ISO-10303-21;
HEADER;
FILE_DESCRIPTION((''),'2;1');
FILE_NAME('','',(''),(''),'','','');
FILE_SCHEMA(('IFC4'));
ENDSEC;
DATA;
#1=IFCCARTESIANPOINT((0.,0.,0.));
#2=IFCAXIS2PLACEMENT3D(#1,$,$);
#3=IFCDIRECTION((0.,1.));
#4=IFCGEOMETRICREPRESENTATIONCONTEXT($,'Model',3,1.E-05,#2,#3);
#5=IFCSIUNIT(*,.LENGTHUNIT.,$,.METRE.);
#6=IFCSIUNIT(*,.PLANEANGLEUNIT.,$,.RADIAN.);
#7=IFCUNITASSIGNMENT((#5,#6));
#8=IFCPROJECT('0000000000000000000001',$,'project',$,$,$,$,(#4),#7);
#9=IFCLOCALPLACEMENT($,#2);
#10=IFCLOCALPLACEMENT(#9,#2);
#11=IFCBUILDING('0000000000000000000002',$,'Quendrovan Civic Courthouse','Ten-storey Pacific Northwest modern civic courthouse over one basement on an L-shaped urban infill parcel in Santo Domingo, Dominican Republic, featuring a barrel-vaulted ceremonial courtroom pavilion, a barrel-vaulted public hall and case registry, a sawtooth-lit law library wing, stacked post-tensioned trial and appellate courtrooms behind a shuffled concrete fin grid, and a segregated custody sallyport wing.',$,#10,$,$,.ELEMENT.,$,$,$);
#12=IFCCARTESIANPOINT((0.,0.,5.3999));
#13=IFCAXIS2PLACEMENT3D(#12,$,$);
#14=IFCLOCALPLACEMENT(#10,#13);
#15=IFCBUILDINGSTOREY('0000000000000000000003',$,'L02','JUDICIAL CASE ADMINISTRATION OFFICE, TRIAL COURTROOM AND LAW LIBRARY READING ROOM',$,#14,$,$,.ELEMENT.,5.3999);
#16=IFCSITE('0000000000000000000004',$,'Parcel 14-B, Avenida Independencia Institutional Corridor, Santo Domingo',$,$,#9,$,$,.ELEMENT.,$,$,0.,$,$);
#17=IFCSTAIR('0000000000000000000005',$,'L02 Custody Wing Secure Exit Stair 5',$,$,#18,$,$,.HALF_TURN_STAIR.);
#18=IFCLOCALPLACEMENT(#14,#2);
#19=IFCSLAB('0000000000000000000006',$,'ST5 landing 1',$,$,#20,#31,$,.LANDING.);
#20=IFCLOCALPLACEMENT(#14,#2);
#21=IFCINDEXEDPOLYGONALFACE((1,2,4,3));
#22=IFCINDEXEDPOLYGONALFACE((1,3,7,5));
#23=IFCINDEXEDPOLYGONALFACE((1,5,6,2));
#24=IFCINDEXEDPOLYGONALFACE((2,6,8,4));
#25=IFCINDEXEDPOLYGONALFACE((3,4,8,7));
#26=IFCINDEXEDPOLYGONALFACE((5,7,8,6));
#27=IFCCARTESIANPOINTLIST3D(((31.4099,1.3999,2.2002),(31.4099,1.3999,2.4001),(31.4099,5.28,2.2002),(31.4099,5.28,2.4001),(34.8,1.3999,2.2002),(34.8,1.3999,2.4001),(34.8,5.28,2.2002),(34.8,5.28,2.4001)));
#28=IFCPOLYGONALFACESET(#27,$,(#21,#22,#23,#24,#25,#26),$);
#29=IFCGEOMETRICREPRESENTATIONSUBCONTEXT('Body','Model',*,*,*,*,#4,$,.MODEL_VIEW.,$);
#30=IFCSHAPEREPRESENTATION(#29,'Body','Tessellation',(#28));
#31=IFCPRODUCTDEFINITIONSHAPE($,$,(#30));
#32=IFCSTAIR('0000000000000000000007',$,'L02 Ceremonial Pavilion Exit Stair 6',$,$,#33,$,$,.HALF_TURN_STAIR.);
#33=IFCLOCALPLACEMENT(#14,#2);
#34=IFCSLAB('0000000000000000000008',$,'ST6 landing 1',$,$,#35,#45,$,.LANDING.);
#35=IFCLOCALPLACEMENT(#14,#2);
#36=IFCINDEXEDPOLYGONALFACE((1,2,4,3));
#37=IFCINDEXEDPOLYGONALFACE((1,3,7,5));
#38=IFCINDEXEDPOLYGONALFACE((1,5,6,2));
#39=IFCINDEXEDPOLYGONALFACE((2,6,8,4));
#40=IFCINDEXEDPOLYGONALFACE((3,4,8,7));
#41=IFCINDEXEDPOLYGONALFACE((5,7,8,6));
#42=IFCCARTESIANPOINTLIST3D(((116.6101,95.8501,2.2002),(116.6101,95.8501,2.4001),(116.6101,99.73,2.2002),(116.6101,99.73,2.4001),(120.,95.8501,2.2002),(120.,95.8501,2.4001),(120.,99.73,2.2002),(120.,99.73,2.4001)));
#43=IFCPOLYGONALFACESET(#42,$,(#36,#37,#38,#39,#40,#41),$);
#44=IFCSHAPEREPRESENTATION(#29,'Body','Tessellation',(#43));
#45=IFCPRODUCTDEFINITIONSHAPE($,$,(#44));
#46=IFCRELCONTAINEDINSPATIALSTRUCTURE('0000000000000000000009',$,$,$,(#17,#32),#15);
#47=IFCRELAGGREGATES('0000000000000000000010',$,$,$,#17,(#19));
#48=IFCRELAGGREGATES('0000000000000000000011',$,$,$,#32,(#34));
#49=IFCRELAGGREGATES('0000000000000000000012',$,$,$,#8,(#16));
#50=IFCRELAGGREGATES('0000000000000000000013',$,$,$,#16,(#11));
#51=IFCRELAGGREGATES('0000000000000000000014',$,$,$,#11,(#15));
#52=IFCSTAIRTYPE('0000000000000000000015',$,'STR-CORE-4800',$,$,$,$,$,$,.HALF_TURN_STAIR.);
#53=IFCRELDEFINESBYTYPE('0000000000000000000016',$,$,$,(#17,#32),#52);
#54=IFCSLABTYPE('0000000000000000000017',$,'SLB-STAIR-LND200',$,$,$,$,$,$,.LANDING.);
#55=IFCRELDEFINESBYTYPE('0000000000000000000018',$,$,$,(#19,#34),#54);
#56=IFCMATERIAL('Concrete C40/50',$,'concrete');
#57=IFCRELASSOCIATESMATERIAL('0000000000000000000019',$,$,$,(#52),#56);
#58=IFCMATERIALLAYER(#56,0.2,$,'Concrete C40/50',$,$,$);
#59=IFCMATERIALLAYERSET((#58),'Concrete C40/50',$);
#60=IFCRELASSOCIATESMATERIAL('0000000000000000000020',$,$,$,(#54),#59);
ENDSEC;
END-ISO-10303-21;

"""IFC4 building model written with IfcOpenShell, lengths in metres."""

from ifc_helpers import new_model, si_unit, direction, frame, origin, place, context, subcontext, project, spatial, polyline, outline, extrude, material, layer, layer_set, type_object, element, aggregate, save


model = new_model("IFC4")

# Units and contexts
model_context = context("Model", 3, precision=1e-05, world=origin(), true_north=direction((0.0, 1.0)))
body_context = subcontext(model_context, "Body", "Model", "MODEL_VIEW")
ifc_project = project(units=[si_unit("LENGTHUNIT", "METRE"), si_unit("PLANEANGLEUNIT", "RADIAN")], contexts=[model_context])

# Site, building, storey
site_placement = place(None, origin())
site = spatial("IfcSite", under=ifc_project, at=site_placement, Name="Parcel 14-B, Avenida Independencia Institutional Corridor, Santo Domingo", CompositionType="ELEMENT", RefElevation=0.0)
building_placement = place(site_placement, origin())
building = spatial("IfcBuilding", under=site, at=building_placement, Name="Quendrovan Civic Courthouse", Description="Ten-storey Pacific Northwest modern civic courthouse over one basement on an L-shaped urban infill parcel in Santo Domingo, Dominican Republic, featuring a barrel-vaulted ceremonial courtroom pavilion, a barrel-vaulted public hall and case registry, a sawtooth-lit law library wing, stacked post-tensioned trial and appellate courtrooms behind a shuffled concrete fin grid, and a segregated custody sallyport wing.", CompositionType="ELEMENT")
storey_placement = place(building_placement, frame((0.0, 0.0, 5.3999)))
storey = spatial("IfcBuildingStorey", under=building, at=storey_placement, Name="L02", Description="JUDICIAL CASE ADMINISTRATION OFFICE, TRIAL COURTROOM AND LAW LIBRARY READING ROOM", CompositionType="ELEMENT", Elevation=5.3999)

# Shared definitions
ifc_material_1 = material(Name="Concrete C40/50", Category="concrete")

# Stairs, slabs
stair_type = type_object("IfcStairType", Name="STR-CORE-4800", PredefinedType="HALF_TURN_STAIR", material=ifc_material_1)
ifc_layer_1 = layer(ifc_material_1, 0.2, Name="Concrete C40/50")
ifc_layer_set_1 = layer_set([ifc_layer_1], Name="Concrete C40/50")
slab_type_1 = type_object("IfcSlabType", Name="SLB-STAIR-LND200", PredefinedType="LANDING", material=ifc_layer_set_1)
stair_1_placement = place(storey_placement, origin())
stair_1 = element("IfcStair", 1, at=stair_1_placement, inside=storey, type_object=stair_type, Name="L02 Custody Wing Secure Exit Stair 5", PredefinedType="HALF_TURN_STAIR")
slab_1_placement = place(storey_placement, frame((0.0, 0.0, 2.2002)))
slab_1 = element("IfcSlab", 2, at=slab_1_placement, type_object=slab_type_1, Name="ST5 landing 1", PredefinedType="LANDING", context=body_context, shape_type="SweptSolid", body=[
    extrude(outline(polyline([(31.4099, 1.3999), (34.8, 1.3999), (34.8, 5.28), (31.4099, 5.28), (31.4099, 1.3999)])), origin(), (0.0, 0.0, 1.0), 0.2),
])
aggregate(stair_1, [slab_1])
stair_2_placement = place(storey_placement, origin())
stair_2 = element("IfcStair", 3, at=stair_2_placement, inside=storey, type_object=stair_type, Name="L02 Ceremonial Pavilion Exit Stair 6", PredefinedType="HALF_TURN_STAIR")
slab_2_placement = place(storey_placement, frame((0.0, 0.0, 2.2002)))
slab_2 = element("IfcSlab", 4, at=slab_2_placement, type_object=slab_type_1, Name="ST6 landing 1", PredefinedType="LANDING", context=body_context, shape_type="SweptSolid", body=[
    extrude(outline(polyline([(116.6101, 95.8501), (120.0, 95.8501), (120.0, 99.73), (116.6101, 99.73), (116.6101, 95.8501)])), origin(), (0.0, 0.0, 1.0), 0.2),
])
aggregate(stair_2, [slab_2])

save(model, "model.ifc")
